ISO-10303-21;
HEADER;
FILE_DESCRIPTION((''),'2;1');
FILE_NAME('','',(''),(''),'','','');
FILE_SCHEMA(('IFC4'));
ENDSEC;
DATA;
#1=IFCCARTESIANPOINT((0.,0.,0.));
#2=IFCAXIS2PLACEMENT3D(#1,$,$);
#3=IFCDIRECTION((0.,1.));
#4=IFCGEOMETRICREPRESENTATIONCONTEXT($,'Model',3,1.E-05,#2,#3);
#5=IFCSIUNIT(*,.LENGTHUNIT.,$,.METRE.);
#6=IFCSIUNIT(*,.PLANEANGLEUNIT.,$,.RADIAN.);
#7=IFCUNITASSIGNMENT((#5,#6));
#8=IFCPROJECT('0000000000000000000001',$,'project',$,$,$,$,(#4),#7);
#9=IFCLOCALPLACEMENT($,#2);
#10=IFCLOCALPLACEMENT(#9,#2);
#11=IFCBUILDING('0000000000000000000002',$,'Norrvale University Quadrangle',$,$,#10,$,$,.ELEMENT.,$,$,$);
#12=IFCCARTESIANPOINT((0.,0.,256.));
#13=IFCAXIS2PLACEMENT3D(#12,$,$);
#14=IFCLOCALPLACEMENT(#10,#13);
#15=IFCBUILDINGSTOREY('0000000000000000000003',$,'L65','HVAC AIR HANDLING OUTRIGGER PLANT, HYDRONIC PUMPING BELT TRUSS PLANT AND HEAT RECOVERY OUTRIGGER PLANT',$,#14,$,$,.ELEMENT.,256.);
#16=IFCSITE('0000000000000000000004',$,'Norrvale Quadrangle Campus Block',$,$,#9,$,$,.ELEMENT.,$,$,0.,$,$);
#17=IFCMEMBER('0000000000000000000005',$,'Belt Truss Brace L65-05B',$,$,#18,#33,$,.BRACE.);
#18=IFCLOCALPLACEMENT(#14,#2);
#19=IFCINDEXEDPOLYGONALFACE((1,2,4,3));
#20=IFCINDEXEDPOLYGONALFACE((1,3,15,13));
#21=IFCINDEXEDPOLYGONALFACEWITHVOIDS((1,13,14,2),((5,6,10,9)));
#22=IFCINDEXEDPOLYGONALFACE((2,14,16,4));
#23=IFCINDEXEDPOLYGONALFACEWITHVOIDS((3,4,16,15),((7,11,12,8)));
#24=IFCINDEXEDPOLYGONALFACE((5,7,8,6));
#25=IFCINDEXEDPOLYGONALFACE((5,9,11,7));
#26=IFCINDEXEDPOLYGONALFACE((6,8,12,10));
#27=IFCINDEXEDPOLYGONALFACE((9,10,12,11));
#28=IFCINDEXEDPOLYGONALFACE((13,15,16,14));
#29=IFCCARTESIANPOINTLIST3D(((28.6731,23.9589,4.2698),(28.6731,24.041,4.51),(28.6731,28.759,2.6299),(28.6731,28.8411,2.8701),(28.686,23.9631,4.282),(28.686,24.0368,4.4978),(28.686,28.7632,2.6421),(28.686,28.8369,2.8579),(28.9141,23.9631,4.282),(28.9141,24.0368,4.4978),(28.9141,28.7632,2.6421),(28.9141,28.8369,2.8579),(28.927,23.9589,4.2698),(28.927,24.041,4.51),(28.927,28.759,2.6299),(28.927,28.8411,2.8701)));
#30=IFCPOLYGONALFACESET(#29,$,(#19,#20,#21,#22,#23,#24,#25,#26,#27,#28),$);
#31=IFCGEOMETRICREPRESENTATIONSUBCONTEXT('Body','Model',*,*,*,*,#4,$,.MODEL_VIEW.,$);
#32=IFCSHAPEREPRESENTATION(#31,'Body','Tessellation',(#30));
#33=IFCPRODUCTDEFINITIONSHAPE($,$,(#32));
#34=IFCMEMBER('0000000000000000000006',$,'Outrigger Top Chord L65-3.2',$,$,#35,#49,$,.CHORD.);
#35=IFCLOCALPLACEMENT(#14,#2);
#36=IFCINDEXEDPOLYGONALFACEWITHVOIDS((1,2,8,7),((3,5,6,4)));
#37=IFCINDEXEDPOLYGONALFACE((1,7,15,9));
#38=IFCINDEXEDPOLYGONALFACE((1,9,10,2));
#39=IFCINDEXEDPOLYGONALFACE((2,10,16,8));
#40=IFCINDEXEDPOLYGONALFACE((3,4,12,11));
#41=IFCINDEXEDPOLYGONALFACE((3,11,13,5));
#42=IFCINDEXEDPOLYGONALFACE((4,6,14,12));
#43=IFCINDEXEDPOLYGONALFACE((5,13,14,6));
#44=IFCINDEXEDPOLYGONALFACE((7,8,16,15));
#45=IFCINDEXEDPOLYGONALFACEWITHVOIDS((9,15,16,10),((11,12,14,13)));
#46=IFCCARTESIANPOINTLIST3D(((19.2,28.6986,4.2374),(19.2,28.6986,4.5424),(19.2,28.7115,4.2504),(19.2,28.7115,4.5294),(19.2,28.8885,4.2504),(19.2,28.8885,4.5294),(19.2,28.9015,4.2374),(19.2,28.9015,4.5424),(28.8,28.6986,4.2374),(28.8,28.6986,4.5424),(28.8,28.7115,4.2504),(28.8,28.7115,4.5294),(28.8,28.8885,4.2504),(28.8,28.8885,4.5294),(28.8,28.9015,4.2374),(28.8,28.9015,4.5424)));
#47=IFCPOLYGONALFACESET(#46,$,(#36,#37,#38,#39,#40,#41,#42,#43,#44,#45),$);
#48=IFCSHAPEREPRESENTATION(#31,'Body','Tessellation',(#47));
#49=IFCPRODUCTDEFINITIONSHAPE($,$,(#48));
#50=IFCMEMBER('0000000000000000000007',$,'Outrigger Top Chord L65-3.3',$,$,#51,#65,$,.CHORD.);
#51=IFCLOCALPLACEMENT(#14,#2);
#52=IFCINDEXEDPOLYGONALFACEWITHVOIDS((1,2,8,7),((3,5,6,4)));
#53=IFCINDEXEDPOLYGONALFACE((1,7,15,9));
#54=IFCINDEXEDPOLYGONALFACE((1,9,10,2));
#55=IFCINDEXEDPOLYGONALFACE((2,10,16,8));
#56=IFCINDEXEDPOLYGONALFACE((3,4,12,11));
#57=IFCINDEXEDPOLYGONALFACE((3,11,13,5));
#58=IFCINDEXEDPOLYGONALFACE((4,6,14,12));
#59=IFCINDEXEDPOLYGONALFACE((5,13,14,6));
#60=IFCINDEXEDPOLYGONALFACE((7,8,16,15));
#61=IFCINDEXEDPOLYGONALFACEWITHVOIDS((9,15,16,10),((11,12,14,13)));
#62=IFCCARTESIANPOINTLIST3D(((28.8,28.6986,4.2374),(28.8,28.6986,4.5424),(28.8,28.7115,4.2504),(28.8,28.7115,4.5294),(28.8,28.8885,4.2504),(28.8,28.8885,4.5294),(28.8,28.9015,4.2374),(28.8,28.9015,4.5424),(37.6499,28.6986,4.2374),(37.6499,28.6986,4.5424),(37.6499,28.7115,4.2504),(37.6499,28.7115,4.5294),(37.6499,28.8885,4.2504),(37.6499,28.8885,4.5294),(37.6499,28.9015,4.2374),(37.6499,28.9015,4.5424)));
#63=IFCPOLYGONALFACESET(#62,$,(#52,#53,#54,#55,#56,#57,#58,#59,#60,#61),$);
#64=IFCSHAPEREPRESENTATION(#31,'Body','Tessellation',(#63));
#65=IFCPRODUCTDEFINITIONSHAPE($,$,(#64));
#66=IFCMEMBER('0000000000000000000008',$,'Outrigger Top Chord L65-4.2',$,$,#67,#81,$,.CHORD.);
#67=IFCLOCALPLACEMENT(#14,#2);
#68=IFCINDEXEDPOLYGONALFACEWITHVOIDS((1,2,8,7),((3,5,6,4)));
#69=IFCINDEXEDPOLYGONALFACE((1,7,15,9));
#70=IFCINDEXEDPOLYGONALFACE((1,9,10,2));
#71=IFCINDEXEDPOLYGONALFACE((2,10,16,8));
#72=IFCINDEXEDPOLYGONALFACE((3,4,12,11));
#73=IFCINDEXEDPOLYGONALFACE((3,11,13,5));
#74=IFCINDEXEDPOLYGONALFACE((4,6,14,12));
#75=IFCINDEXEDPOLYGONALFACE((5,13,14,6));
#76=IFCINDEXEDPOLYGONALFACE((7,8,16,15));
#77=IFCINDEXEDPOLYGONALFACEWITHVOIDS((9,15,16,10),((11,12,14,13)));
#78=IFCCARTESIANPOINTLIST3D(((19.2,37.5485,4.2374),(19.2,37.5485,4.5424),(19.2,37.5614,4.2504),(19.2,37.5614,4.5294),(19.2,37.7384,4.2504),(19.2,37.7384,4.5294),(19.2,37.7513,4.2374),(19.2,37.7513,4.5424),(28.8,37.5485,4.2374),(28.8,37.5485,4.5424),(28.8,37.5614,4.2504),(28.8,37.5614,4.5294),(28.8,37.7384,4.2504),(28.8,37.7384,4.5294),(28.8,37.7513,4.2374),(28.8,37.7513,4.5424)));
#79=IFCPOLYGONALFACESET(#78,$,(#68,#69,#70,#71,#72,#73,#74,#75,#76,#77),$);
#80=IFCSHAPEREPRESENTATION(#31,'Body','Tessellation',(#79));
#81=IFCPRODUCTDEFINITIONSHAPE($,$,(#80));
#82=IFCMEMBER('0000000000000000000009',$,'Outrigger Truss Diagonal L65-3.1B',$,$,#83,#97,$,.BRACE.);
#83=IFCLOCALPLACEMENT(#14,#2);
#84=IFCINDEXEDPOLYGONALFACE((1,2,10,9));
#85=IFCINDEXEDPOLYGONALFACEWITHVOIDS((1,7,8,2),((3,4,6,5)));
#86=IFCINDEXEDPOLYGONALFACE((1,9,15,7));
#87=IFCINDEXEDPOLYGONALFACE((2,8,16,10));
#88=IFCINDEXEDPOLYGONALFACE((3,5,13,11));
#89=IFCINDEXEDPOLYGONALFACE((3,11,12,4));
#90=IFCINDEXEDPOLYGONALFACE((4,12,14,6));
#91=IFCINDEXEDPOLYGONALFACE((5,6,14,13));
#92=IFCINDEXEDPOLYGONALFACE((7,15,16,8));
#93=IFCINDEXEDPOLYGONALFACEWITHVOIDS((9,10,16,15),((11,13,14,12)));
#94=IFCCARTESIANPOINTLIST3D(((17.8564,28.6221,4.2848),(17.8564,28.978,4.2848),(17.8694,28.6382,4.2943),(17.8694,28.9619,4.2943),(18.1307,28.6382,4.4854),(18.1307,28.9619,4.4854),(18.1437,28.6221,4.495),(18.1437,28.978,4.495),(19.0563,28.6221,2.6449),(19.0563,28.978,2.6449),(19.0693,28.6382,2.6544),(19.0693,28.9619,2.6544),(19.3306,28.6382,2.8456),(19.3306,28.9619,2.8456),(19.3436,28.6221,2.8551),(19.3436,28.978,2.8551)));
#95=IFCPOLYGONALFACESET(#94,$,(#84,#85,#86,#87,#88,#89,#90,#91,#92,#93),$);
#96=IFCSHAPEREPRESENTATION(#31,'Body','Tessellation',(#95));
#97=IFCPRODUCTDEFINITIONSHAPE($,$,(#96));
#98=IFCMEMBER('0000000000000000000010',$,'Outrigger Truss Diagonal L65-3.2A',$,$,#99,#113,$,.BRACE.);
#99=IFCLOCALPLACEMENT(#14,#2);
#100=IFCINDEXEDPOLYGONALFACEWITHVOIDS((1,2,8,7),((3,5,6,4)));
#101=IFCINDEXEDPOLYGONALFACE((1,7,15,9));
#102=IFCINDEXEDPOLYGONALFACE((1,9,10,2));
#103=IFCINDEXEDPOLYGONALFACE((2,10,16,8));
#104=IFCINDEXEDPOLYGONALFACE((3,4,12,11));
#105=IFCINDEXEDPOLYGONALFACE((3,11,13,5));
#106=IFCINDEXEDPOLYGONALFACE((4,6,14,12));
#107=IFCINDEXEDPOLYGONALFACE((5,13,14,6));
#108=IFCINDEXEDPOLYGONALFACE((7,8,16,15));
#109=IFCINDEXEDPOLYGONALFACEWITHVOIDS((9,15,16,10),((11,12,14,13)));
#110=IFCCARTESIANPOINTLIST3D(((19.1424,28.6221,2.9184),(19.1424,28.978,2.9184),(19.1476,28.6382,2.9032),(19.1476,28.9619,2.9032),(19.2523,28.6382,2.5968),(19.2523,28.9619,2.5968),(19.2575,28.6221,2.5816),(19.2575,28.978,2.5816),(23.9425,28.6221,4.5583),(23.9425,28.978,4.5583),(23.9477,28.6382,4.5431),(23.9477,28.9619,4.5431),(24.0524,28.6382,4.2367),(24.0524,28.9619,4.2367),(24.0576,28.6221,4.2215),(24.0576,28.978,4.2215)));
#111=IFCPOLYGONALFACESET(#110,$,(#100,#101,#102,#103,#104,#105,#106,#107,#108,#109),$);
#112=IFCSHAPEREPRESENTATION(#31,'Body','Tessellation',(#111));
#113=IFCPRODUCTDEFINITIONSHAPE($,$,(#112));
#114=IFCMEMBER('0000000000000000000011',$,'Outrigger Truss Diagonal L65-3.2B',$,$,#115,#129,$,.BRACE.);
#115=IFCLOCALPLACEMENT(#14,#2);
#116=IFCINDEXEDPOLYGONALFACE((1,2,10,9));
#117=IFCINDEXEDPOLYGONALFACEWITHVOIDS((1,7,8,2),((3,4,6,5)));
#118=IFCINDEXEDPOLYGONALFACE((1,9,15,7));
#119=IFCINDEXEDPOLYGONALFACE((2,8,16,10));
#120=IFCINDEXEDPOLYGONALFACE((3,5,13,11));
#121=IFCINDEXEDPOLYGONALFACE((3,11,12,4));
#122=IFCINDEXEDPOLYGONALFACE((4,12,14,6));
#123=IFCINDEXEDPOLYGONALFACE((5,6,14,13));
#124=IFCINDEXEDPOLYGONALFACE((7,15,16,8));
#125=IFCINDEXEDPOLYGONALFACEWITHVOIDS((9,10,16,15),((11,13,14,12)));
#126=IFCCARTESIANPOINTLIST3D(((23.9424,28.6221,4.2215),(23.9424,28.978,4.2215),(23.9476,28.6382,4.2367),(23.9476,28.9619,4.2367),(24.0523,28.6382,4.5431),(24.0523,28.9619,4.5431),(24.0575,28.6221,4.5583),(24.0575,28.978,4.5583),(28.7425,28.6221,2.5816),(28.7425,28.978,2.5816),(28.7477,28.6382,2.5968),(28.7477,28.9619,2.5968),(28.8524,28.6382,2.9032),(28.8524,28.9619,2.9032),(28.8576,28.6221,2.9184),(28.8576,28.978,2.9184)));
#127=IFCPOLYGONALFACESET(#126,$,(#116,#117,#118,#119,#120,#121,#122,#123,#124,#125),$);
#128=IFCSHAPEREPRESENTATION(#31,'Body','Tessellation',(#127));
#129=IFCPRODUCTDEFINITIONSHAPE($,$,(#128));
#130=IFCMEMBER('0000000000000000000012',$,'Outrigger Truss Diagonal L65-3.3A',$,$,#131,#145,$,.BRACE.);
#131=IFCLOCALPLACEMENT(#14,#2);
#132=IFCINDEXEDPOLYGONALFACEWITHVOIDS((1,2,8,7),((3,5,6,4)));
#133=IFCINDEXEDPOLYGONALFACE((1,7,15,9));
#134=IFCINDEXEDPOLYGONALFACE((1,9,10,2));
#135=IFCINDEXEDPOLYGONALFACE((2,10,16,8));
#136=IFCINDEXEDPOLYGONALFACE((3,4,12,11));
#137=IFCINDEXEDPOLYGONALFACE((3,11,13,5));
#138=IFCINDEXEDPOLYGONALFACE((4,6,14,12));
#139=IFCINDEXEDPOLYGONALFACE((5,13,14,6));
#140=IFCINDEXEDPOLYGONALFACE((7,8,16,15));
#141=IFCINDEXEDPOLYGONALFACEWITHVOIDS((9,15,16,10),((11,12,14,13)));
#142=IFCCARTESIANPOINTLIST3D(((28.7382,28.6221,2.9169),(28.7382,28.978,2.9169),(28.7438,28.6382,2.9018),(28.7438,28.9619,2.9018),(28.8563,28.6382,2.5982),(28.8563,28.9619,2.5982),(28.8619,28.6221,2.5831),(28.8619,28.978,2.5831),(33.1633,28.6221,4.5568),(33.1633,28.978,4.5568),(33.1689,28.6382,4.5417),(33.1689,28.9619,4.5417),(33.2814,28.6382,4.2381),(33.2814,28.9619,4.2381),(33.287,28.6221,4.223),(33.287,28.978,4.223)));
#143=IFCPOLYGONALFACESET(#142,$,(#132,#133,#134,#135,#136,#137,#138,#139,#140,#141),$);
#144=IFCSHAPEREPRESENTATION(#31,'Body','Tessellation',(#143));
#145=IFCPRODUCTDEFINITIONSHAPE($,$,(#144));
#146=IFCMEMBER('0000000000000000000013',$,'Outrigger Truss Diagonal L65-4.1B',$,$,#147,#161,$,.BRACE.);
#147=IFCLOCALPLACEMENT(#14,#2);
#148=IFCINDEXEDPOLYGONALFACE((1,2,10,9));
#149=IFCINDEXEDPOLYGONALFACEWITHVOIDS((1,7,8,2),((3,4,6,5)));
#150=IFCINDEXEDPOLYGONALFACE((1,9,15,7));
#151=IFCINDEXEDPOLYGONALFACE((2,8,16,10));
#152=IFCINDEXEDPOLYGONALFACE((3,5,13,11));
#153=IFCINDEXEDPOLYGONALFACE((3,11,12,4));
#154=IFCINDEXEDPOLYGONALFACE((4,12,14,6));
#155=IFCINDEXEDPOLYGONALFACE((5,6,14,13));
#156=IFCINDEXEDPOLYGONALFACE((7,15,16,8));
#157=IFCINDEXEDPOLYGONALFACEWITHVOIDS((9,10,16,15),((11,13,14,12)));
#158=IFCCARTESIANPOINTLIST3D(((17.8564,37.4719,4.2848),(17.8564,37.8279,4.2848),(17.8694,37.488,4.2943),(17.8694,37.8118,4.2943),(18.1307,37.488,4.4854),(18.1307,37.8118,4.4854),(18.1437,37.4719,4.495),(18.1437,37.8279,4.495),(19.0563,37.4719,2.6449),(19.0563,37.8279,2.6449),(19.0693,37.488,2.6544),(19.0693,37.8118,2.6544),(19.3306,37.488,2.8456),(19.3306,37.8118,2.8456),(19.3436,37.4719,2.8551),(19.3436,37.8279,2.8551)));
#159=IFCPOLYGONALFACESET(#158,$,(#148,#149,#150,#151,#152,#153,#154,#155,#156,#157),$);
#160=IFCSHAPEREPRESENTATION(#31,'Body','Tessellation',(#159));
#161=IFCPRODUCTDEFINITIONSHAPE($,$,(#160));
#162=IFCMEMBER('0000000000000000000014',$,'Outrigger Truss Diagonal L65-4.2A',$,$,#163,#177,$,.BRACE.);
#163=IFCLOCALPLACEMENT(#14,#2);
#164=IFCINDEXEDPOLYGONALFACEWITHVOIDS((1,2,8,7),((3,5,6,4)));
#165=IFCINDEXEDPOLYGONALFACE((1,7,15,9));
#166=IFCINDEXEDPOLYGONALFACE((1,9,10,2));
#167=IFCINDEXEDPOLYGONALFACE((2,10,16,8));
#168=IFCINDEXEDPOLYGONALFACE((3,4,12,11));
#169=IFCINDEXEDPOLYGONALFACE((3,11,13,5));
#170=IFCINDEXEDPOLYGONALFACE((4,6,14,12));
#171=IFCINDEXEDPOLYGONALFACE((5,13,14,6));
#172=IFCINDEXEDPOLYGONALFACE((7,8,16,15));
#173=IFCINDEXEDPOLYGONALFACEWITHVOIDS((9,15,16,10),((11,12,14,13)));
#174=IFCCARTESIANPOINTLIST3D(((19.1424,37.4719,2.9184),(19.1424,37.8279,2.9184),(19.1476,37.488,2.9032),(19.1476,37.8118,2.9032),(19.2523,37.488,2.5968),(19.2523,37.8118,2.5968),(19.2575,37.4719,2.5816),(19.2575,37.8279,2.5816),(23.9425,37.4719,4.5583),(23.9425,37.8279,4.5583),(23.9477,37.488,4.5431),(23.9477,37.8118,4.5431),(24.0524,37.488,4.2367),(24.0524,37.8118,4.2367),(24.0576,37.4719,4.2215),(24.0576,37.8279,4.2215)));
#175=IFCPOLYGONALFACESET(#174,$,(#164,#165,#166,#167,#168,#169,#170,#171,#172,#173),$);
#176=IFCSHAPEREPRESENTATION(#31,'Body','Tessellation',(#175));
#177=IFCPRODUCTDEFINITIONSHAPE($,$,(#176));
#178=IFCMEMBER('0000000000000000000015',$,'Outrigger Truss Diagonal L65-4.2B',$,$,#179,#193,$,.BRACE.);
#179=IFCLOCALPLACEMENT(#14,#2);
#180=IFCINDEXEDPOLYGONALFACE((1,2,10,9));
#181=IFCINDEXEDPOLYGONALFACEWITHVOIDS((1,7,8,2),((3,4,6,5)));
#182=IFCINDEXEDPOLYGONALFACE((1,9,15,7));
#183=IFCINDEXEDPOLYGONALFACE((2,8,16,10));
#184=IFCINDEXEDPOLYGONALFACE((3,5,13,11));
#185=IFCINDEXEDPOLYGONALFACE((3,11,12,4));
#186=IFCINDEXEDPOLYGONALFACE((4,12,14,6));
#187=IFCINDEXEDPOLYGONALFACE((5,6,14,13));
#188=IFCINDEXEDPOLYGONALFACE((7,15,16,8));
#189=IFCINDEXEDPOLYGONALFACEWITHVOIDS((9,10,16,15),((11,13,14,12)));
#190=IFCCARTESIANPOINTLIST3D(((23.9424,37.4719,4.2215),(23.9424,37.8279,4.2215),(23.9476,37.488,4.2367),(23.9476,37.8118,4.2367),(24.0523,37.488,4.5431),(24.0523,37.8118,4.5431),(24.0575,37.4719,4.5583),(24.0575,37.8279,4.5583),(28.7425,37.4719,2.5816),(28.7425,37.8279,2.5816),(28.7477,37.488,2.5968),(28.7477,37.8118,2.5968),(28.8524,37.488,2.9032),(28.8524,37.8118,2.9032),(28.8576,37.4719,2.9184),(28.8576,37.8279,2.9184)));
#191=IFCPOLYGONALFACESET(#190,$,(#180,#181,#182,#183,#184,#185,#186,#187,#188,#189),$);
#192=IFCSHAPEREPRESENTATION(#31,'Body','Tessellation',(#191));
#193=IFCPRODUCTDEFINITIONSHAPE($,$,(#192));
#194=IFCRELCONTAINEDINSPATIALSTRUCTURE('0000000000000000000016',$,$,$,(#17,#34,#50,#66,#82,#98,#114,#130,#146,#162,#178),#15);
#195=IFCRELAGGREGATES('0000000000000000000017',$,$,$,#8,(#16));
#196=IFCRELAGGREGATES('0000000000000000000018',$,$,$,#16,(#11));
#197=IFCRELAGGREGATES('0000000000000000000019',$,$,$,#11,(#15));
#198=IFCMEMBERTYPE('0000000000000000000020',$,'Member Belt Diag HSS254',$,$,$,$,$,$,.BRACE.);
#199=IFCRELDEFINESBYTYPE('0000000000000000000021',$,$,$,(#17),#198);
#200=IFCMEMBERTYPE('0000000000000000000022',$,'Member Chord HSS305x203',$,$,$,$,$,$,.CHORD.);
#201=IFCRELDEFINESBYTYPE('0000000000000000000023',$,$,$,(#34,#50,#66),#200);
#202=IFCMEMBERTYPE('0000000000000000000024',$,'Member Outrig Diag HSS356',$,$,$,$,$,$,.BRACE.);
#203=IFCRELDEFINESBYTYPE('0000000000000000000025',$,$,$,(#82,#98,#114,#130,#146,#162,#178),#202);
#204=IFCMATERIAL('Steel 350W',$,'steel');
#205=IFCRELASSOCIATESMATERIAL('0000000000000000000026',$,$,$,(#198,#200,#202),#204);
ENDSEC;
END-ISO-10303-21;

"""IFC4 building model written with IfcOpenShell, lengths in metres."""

from ifc_helpers import new_model, si_unit, direction, frame, origin, origin_2d, place, context, subcontext, project, spatial, hollow_rectangle, extrude, material, material_profile, profile_set, type_object, element, save


model = new_model("IFC4")

# Units and contexts
model_context = context("Model", 3, precision=1e-05, world=origin(), true_north=direction((0.0, 1.0)))
body_context = subcontext(model_context, "Body", "Model", "MODEL_VIEW")
ifc_project = project(units=[si_unit("LENGTHUNIT", "METRE"), si_unit("PLANEANGLEUNIT", "RADIAN")], contexts=[model_context])

# Site, building, storey
site_placement = place(None, origin())
site = spatial("IfcSite", under=ifc_project, at=site_placement, Name="Norrvale Quadrangle Campus Block", CompositionType="ELEMENT", RefElevation=0.0)
building_placement = place(site_placement, origin())
building = spatial("IfcBuilding", under=site, at=building_placement, Name="Norrvale University Quadrangle", CompositionType="ELEMENT")
storey_placement = place(building_placement, frame((0.0, 0.0, 256.0)))
storey = spatial("IfcBuildingStorey", under=building, at=storey_placement, Name="L65", Description="HVAC AIR HANDLING OUTRIGGER PLANT, HYDRONIC PUMPING BELT TRUSS PLANT AND HEAT RECOVERY OUTRIGGER PLANT", CompositionType="ELEMENT", Elevation=256.0)

# Shared definitions
ifc_material_1 = material(Name="Steel 350W", Category="steel")

# Members
ifc_material_profile_1 = material_profile(ifc_material_1, hollow_rectangle(XDim=0.2539, YDim=0.2539, WallThickness=0.0129, at=origin_2d()), Name="Steel 350W")
ifc_profile_set_1 = profile_set([ifc_material_profile_1], Name="Steel 350W")
member_type_1 = type_object("IfcMemberType", Name="Member Belt Diag HSS254", PredefinedType="BRACE", material=ifc_profile_set_1)
member_1_placement = place(storey_placement, frame((28.8, 28.8, 2.75), z_axis=(0.0, -0.946299, 0.323294), x_axis=(1.0, 0.0, 0.0)))
element("IfcMember", 1, at=member_1_placement, inside=storey, type_object=member_type_1, Name="Belt Truss Brace L65-05B", PredefinedType="BRACE", context=body_context, shape_type="SweptSolid", body=[
    extrude(hollow_rectangle(XDim=0.2539, YDim=0.2539, WallThickness=0.0129, at=origin_2d()), origin(), (0.0, 0.0, 1.0), 5.0725),
])
ifc_material_profile_2 = material_profile(ifc_material_1, hollow_rectangle(XDim=0.2029, YDim=0.3049, WallThickness=0.0129, at=origin_2d()), Name="Steel 350W")
ifc_profile_set_2 = profile_set([ifc_material_profile_2], Name="Steel 350W")
member_type_2 = type_object("IfcMemberType", Name="Member Chord HSS305x203", PredefinedType="CHORD", material=ifc_profile_set_2)
member_2_placement = place(storey_placement, frame((19.2, 28.8, 4.3899), z_axis=(1.0, 0.0, 0.0), x_axis=(0.0, 1.0, 0.0)))
element("IfcMember", 2, at=member_2_placement, inside=storey, type_object=member_type_2, Name="Outrigger Top Chord L65-3.2", PredefinedType="CHORD", context=body_context, shape_type="SweptSolid", body=[
    extrude(hollow_rectangle(XDim=0.2029, YDim=0.3049, WallThickness=0.0129, at=origin_2d()), origin(), (0.0, 0.0, 1.0), 9.6001),
])
member_3_placement = place(storey_placement, frame((28.8, 28.8, 4.3899), z_axis=(1.0, 0.0, 0.0), x_axis=(0.0, 1.0, 0.0)))
element("IfcMember", 3, at=member_3_placement, inside=storey, type_object=member_type_2, Name="Outrigger Top Chord L65-3.3", PredefinedType="CHORD", context=body_context, shape_type="SweptSolid", body=[
    extrude(hollow_rectangle(XDim=0.2029, YDim=0.3049, WallThickness=0.0129, at=origin_2d()), origin(), (0.0, 0.0, 1.0), 8.8499),
])
member_4_placement = place(storey_placement, frame((19.2, 37.6499, 4.3899), z_axis=(1.0, 0.0, 0.0), x_axis=(0.0, 1.0, 0.0)))
element("IfcMember", 4, at=member_4_placement, inside=storey, type_object=member_type_2, Name="Outrigger Top Chord L65-4.2", PredefinedType="CHORD", context=body_context, shape_type="SweptSolid", body=[
    extrude(hollow_rectangle(XDim=0.2029, YDim=0.3049, WallThickness=0.0129, at=origin_2d()), origin(), (0.0, 0.0, 1.0), 9.6001),
])
ifc_material_profile_3 = material_profile(ifc_material_1, hollow_rectangle(XDim=0.356, YDim=0.356, WallThickness=0.0161, at=origin_2d()), Name="Steel 350W")
ifc_profile_set_3 = profile_set([ifc_material_profile_3], Name="Steel 350W")
member_type_3 = type_object("IfcMemberType", Name="Member Outrig Diag HSS356", PredefinedType="BRACE", material=ifc_profile_set_3)
member_5_placement = place(storey_placement, frame((19.2, 28.8, 2.75), z_axis=(-0.59052, 0.0, 0.807023), x_axis=(0.0, -1.0, 0.0)))
element("IfcMember", 5, at=member_5_placement, inside=storey, type_object=member_type_3, Name="Outrigger Truss Diagonal L65-3.1B", PredefinedType="BRACE", context=body_context, shape_type="SweptSolid", body=[
    extrude(hollow_rectangle(XDim=0.356, YDim=0.356, WallThickness=0.0161, at=origin_2d()), origin(), (0.0, 0.0, 1.0), 2.032),
])
for number, where, z_axis, x_axis, name in (
    (6, (19.2, 28.8, 2.75), (0.946299, 0.0, 0.323294), (0.0, 1.0, 0.0), "Outrigger Truss Diagonal L65-3.2A"),
    (7, (28.8, 28.8, 2.75), (-0.946299, 0.0, 0.323294), (0.0, -1.0, 0.0), "Outrigger Truss Diagonal L65-3.2B"),
):
    element("IfcMember", number, at=place(storey_placement, frame(where, z_axis=z_axis, x_axis=x_axis)), inside=storey, type_object=member_type_3, Name=name, PredefinedType="BRACE", context=body_context, shape_type="SweptSolid", body=[
        extrude(hollow_rectangle(XDim=0.356, YDim=0.356, WallThickness=0.0161, at=origin_2d()), origin(), (0.0, 0.0, 1.0), 5.0725),
    ])
member_6_placement = place(storey_placement, frame((28.8, 28.8, 2.75), z_axis=(0.937681, 0.0, 0.347498), x_axis=(0.0, 1.0, 0.0)))
element("IfcMember", 8, at=member_6_placement, inside=storey, type_object=member_type_3, Name="Outrigger Truss Diagonal L65-3.3A", PredefinedType="BRACE", context=body_context, shape_type="SweptSolid", body=[
    extrude(hollow_rectangle(XDim=0.356, YDim=0.356, WallThickness=0.0161, at=origin_2d()), origin(), (0.0, 0.0, 1.0), 4.7192),
])
member_7_placement = place(storey_placement, frame((19.2, 37.6499, 2.75), z_axis=(-0.59052, 0.0, 0.807023), x_axis=(0.0, -1.0, 0.0)))
element("IfcMember", 9, at=member_7_placement, inside=storey, type_object=member_type_3, Name="Outrigger Truss Diagonal L65-4.1B", PredefinedType="BRACE", context=body_context, shape_type="SweptSolid", body=[
    extrude(hollow_rectangle(XDim=0.356, YDim=0.356, WallThickness=0.0161, at=origin_2d()), origin(), (0.0, 0.0, 1.0), 2.032),
])
for number, where, z_axis, x_axis, name in (
    (10, (19.2, 37.6499, 2.75), (0.946299, 0.0, 0.323294), (0.0, 1.0, 0.0), "Outrigger Truss Diagonal L65-4.2A"),
    (11, (28.8, 37.6499, 2.75), (-0.946299, 0.0, 0.323294), (0.0, -1.0, 0.0), "Outrigger Truss Diagonal L65-4.2B"),
):
    element("IfcMember", number, at=place(storey_placement, frame(where, z_axis=z_axis, x_axis=x_axis)), inside=storey, type_object=member_type_3, Name=name, PredefinedType="BRACE", context=body_context, shape_type="SweptSolid", body=[
        extrude(hollow_rectangle(XDim=0.356, YDim=0.356, WallThickness=0.0161, at=origin_2d()), origin(), (0.0, 0.0, 1.0), 5.0725),
    ])

save(model, "model.ifc")
